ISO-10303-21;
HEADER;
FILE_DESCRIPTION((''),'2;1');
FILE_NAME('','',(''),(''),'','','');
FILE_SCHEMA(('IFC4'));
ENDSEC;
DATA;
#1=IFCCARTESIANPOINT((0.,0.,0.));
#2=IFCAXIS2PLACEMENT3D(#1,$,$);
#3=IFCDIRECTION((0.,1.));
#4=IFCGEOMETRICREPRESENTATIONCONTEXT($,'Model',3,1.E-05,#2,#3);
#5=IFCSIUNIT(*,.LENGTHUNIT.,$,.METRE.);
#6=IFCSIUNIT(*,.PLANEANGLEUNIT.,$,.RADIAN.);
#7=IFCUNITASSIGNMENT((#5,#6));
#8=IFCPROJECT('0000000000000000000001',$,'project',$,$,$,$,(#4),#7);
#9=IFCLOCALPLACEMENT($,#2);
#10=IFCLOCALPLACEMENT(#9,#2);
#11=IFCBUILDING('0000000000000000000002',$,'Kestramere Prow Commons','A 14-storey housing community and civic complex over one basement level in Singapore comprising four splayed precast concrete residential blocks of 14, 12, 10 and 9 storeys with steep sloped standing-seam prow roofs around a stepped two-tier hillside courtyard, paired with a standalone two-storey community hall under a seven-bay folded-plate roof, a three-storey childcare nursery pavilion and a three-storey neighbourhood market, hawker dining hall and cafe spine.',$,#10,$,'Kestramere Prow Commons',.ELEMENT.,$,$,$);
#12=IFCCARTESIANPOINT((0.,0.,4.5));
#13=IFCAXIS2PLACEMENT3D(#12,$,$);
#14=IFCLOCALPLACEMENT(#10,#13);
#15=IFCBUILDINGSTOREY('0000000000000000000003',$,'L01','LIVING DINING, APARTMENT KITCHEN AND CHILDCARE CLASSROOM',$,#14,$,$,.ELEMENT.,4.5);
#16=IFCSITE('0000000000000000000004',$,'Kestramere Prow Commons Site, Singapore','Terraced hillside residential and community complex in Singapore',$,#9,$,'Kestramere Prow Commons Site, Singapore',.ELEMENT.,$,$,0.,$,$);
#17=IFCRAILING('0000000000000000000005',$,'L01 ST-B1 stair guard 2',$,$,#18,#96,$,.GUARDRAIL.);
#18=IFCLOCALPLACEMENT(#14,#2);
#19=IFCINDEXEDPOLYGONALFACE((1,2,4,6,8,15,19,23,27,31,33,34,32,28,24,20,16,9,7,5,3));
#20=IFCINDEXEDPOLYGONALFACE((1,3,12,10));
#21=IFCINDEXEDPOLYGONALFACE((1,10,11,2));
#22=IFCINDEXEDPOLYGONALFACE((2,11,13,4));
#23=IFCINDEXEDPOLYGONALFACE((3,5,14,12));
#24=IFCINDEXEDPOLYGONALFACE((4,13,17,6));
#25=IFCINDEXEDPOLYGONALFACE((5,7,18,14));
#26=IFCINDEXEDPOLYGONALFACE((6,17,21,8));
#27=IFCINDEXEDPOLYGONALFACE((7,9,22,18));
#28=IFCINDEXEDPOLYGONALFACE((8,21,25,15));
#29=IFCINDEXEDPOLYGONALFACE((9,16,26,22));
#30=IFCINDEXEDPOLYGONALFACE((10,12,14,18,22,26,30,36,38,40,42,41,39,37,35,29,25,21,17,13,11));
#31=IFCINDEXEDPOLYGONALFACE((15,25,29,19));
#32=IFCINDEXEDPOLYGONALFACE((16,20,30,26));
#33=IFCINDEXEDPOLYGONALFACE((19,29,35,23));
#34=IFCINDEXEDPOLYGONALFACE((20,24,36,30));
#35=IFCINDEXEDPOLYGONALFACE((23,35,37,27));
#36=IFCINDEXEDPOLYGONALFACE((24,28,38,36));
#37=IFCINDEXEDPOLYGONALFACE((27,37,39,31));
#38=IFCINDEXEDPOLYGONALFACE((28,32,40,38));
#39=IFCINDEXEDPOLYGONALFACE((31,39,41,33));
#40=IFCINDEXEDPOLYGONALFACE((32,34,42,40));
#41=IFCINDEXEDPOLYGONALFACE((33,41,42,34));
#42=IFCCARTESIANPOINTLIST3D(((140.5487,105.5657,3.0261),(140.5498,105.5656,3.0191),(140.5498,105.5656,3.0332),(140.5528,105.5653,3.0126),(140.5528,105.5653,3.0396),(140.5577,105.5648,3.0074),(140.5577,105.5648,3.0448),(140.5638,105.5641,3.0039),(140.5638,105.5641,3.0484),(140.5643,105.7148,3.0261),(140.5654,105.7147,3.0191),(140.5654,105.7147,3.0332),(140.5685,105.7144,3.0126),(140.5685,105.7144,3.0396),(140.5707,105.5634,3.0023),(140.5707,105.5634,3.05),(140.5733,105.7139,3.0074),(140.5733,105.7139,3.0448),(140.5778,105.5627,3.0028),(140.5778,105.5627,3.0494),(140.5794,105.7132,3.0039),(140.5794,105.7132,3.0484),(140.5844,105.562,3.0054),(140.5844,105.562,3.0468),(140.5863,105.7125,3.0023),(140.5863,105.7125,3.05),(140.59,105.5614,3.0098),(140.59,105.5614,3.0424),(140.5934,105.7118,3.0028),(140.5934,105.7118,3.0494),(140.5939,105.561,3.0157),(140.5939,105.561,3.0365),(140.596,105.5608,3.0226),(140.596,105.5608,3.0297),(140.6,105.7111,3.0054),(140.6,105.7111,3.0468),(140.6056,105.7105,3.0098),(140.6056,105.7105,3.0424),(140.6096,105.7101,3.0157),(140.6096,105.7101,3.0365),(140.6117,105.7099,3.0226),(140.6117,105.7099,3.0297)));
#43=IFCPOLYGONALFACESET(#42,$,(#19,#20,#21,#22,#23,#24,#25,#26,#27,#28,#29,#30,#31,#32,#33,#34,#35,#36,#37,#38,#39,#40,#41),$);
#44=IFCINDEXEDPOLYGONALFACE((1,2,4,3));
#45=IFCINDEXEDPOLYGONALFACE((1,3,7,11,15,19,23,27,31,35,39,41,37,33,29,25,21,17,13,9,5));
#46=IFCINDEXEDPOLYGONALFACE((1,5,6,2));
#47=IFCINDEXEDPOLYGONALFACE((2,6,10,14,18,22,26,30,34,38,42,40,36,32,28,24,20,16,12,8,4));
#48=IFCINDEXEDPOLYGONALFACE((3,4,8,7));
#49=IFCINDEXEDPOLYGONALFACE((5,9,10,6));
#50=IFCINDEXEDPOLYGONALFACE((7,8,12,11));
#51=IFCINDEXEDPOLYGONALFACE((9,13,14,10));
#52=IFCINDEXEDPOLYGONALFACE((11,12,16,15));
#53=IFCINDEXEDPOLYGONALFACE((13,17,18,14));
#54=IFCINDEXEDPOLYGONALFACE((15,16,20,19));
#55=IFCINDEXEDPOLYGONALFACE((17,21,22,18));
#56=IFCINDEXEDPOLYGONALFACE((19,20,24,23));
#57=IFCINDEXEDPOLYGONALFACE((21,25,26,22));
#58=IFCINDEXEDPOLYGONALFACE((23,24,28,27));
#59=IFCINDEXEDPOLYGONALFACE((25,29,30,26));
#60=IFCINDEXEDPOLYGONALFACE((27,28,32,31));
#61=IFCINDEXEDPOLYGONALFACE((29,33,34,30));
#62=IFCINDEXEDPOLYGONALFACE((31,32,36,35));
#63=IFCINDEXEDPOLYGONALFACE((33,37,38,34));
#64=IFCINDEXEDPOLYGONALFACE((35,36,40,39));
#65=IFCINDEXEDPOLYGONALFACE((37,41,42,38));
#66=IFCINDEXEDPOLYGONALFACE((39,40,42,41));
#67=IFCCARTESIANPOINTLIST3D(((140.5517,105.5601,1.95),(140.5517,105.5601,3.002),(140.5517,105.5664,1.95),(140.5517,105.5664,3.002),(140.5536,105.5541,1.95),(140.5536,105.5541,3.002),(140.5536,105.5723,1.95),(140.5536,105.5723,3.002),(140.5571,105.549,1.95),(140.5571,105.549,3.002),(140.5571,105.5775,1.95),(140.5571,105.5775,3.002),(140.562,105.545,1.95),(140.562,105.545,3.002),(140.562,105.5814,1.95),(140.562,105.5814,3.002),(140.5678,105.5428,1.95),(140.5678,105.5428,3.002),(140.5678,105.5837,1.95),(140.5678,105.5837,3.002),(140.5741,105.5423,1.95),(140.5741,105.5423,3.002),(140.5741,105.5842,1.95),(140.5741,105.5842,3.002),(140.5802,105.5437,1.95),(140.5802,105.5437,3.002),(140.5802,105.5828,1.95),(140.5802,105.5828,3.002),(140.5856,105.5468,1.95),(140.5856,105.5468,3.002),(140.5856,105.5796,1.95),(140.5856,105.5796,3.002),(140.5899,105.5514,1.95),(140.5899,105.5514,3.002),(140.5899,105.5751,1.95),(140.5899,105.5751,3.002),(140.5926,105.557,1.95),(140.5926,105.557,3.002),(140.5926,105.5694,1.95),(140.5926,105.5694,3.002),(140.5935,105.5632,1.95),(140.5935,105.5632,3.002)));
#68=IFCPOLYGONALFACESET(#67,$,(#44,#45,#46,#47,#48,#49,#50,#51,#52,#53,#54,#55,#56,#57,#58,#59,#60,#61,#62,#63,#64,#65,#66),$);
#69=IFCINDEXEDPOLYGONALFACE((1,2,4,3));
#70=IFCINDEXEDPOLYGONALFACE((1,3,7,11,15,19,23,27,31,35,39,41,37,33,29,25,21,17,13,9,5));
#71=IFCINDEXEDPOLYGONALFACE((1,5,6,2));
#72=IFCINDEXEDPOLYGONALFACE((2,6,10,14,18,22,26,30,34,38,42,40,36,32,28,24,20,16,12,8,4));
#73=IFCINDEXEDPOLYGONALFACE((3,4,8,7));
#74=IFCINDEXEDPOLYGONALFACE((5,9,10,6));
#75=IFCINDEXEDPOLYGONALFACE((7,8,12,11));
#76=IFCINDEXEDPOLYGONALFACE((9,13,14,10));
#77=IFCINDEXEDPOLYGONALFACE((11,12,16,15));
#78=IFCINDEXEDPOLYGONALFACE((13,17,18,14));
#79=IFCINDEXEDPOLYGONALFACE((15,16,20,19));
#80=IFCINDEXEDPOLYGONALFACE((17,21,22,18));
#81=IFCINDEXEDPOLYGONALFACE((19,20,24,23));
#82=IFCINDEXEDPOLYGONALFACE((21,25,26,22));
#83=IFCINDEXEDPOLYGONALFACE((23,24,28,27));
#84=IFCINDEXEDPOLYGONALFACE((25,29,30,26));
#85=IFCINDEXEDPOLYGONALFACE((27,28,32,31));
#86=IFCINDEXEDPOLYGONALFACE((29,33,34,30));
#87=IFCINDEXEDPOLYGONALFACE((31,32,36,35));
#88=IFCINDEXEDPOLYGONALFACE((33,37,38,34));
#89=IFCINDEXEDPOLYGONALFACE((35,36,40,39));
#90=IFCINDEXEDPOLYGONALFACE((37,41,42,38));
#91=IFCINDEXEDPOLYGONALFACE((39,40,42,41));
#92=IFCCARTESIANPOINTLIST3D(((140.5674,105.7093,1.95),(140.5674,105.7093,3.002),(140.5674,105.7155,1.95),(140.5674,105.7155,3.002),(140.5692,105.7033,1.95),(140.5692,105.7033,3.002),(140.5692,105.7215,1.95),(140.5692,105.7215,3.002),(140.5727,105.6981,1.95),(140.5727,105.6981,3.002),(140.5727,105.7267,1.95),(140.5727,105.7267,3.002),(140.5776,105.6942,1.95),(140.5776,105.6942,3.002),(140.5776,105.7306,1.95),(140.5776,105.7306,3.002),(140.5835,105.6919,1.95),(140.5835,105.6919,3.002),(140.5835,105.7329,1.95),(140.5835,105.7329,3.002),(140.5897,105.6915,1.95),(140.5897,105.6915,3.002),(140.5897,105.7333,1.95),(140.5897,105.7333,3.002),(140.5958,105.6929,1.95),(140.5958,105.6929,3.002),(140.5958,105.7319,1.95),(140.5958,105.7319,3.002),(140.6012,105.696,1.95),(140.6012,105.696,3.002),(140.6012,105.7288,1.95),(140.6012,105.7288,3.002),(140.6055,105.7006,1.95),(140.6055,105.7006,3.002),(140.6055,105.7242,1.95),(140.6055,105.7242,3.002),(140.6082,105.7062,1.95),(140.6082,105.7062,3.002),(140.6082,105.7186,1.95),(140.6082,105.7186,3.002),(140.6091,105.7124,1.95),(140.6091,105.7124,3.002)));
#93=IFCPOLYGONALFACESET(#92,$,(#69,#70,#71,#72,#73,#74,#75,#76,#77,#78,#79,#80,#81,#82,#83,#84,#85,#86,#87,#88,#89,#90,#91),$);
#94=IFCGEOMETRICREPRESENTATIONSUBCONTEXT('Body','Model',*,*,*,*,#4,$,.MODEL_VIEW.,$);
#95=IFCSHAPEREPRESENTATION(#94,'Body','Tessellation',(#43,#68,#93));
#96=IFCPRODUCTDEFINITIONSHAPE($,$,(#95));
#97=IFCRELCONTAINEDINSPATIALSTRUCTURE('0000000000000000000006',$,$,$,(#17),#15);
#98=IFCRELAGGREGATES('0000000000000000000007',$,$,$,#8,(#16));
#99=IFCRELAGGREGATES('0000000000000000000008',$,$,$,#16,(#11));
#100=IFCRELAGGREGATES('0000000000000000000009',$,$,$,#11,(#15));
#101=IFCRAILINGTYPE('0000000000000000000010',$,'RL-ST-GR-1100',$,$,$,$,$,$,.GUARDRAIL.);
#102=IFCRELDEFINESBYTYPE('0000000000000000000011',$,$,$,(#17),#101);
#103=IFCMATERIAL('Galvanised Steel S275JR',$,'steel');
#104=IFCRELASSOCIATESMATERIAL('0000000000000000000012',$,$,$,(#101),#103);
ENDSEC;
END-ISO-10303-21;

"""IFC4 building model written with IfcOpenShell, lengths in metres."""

from ifc_helpers import new_model, si_unit, direction, frame, origin, origin_2d, place, context, subcontext, project, spatial, circle, extrude, material, type_object, element, save


model = new_model("IFC4")

# Units and contexts
model_context = context("Model", 3, precision=1e-05, world=origin(), true_north=direction((0.0, 1.0)))
body_context = subcontext(model_context, "Body", "Model", "MODEL_VIEW")
ifc_project = project(units=[si_unit("LENGTHUNIT", "METRE"), si_unit("PLANEANGLEUNIT", "RADIAN")], contexts=[model_context])

# Site, building, storey
site_placement = place(None, origin())
site = spatial("IfcSite", under=ifc_project, at=site_placement, Name="Kestramere Prow Commons Site, Singapore", Description="Terraced hillside residential and community complex in Singapore", LongName="Kestramere Prow Commons Site, Singapore", CompositionType="ELEMENT", RefElevation=0.0)
building_placement = place(site_placement, origin())
building = spatial("IfcBuilding", under=site, at=building_placement, Name="Kestramere Prow Commons", Description="A 14-storey housing community and civic complex over one basement level in Singapore comprising four splayed precast concrete residential blocks of 14, 12, 10 and 9 storeys with steep sloped standing-seam prow roofs around a stepped two-tier hillside courtyard, paired with a standalone two-storey community hall under a seven-bay folded-plate roof, a three-storey childcare nursery pavilion and a three-storey neighbourhood market, hawker dining hall and cafe spine.", LongName="Kestramere Prow Commons", CompositionType="ELEMENT")
storey_placement = place(building_placement, frame((0.0, 0.0, 4.5)))
storey = spatial("IfcBuildingStorey", under=building, at=storey_placement, Name="L01", Description="LIVING DINING, APARTMENT KITCHEN AND CHILDCARE CLASSROOM", CompositionType="ELEMENT", Elevation=4.5)

# Railing
ifc_material_1 = material(Name="Galvanised Steel S275JR", Category="steel")
railing_type_1 = type_object("IfcRailingType", Name="RL-ST-GR-1100", PredefinedType="GUARDRAIL", material=ifc_material_1)
railing_1_placement = place(storey_placement, frame((140.5725, 105.5632, 1.95)))
element("IfcRailing", 1, at=railing_1_placement, inside=storey, type_object=railing_type_1, Name="L01 ST-B1 stair guard 2", PredefinedType="GUARDRAIL", context=body_context, shape_type="SweptSolid", body=[
    extrude(circle(Radius=0.0239, at=origin_2d()), frame((0.0, 0.0, 1.0762), z_axis=(0.104176, 0.994559, 0.0), x_axis=(-0.994559, 0.104176, 0.0)), (0.0, 0.0, 1.0), 0.1499),
    extrude(circle(Radius=0.021, at=origin_2d()), origin(), (0.0, 0.0, 1.0), 1.052),
    extrude(circle(Radius=0.021, at=origin_2d()), frame((0.0156, 0.1492, 0.0)), (0.0, 0.0, 1.0), 1.052),
])

save(model, "model.ifc")
